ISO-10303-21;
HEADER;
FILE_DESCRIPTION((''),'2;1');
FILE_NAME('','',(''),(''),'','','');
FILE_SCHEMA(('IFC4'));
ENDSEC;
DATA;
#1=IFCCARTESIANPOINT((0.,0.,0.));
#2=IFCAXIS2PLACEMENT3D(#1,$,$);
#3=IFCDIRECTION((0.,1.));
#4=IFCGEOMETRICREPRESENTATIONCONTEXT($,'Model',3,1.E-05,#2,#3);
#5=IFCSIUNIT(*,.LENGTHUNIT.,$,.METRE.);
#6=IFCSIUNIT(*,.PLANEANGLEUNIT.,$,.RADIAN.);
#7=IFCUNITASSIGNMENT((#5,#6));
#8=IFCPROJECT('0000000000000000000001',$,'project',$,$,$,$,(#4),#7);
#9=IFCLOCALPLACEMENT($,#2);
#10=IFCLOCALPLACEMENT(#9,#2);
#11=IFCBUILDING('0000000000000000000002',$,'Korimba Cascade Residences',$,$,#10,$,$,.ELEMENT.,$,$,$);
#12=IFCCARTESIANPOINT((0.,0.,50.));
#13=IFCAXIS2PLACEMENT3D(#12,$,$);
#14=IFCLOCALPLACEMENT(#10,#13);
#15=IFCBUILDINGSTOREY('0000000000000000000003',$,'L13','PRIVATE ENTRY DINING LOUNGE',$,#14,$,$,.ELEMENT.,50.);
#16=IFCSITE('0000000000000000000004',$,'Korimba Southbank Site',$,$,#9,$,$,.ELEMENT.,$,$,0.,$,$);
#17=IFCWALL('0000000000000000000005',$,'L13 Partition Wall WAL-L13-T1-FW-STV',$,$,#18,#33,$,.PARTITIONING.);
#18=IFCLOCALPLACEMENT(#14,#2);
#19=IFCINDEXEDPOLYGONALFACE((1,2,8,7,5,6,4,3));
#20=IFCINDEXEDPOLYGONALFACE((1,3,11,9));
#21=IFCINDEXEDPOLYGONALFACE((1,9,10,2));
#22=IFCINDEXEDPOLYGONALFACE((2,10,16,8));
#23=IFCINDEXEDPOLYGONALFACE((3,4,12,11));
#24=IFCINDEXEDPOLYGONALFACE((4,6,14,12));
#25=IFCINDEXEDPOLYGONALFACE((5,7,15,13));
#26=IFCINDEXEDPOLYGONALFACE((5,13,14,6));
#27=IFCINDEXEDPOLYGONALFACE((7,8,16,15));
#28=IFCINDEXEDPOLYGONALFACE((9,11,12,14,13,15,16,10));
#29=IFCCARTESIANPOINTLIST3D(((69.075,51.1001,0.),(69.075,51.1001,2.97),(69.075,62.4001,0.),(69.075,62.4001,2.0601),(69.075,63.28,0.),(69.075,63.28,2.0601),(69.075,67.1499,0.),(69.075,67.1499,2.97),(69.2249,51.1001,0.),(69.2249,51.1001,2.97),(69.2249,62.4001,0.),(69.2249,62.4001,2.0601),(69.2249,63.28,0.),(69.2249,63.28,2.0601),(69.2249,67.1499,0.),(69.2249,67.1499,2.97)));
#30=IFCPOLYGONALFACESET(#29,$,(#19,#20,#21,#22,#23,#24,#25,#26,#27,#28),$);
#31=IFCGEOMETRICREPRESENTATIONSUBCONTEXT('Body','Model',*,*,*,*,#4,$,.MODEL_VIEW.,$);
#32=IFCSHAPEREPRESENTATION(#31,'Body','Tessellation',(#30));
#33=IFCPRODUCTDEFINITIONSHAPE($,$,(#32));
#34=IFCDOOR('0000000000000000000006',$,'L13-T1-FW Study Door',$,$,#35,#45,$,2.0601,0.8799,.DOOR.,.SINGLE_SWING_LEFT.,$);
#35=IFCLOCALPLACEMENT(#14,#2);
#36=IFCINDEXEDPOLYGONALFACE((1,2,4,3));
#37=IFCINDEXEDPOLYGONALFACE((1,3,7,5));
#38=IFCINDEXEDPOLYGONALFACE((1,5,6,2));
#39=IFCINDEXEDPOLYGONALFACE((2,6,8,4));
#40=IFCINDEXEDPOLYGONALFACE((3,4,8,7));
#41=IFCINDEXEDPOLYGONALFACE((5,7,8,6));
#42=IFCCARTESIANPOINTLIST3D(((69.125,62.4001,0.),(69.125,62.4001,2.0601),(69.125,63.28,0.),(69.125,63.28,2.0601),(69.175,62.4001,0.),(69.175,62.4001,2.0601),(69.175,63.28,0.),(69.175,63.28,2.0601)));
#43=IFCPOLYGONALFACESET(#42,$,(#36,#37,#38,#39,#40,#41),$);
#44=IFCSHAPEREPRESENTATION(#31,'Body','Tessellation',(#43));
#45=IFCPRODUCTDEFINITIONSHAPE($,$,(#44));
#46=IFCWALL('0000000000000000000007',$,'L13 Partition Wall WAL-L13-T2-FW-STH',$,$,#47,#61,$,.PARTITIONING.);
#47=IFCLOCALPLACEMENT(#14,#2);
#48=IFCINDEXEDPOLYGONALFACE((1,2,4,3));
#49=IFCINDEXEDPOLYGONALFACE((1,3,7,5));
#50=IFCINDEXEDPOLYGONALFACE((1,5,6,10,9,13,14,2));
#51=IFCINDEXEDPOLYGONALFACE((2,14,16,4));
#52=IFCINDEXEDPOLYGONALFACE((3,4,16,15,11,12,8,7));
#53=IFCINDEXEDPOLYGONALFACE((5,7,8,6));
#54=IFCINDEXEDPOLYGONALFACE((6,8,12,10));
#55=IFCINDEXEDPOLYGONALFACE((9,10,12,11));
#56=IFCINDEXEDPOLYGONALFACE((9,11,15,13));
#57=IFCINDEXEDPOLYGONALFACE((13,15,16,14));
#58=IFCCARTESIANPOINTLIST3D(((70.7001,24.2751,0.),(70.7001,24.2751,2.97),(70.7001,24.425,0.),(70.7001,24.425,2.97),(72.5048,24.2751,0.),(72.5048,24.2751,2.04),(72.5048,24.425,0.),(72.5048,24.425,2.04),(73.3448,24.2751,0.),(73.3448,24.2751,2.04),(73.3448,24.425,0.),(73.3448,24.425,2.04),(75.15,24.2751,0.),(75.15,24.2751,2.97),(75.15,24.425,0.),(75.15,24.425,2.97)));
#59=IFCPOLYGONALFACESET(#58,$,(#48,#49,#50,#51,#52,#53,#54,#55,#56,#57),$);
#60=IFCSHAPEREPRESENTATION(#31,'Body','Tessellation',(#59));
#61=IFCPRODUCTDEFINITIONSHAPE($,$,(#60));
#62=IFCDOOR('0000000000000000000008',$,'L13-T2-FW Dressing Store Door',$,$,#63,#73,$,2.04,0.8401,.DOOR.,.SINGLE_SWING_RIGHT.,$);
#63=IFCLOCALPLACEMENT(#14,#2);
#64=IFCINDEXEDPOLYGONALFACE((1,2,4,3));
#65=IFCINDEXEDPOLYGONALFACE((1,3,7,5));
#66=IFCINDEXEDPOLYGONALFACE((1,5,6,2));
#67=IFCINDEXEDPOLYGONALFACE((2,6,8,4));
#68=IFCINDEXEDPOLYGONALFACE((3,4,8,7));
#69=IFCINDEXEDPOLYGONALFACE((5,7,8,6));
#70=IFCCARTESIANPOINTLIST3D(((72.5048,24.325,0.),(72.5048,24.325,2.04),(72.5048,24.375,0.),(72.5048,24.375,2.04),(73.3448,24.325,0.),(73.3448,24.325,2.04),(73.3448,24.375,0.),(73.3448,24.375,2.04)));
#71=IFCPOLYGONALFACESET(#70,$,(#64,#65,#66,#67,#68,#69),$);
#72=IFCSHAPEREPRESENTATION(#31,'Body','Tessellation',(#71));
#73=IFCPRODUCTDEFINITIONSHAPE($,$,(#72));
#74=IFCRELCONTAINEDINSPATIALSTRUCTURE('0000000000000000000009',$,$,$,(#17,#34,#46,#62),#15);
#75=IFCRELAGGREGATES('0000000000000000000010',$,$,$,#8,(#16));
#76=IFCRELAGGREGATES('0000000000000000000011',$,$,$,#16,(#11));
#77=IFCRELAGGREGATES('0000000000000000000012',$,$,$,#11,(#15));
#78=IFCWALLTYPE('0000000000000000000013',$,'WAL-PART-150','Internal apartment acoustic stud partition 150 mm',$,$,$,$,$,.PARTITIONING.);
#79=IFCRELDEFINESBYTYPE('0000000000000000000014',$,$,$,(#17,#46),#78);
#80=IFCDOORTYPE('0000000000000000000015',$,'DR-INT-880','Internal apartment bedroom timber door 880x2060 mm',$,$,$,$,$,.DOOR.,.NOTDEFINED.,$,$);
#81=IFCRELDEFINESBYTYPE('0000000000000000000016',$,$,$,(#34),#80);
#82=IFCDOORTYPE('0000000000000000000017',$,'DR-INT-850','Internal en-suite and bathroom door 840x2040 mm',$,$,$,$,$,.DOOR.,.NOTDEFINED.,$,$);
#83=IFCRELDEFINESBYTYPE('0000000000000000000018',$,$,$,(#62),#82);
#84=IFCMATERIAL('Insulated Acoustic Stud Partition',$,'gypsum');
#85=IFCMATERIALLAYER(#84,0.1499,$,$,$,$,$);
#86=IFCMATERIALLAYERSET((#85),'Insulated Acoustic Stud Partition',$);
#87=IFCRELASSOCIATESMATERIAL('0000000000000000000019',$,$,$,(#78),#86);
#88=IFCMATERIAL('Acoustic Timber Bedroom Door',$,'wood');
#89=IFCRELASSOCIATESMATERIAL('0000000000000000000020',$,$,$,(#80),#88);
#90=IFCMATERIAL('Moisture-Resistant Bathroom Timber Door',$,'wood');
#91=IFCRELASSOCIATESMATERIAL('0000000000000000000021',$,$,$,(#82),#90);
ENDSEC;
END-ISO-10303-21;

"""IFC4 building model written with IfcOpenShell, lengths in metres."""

from ifc_helpers import new_model, si_unit, direction, frame, frame_2d, origin, place, context, subcontext, project, spatial, rectangle, extrude, material, layer, layer_set, type_object, element, fill, save


model = new_model("IFC4")

# Units and contexts
model_context = context("Model", 3, precision=1e-05, world=origin(), true_north=direction((0.0, 1.0)))
body_context = subcontext(model_context, "Body", "Model", "MODEL_VIEW")
ifc_project = project(units=[si_unit("LENGTHUNIT", "METRE"), si_unit("PLANEANGLEUNIT", "RADIAN")], contexts=[model_context])

# Site, building, storey
site_placement = place(None, origin())
site = spatial("IfcSite", under=ifc_project, at=site_placement, Name="Korimba Southbank Site", CompositionType="ELEMENT", RefElevation=0.0)
building_placement = place(site_placement, origin())
building = spatial("IfcBuilding", under=site, at=building_placement, Name="Korimba Cascade Residences", CompositionType="ELEMENT")
storey_placement = place(building_placement, frame((0.0, 0.0, 50.0)))
storey = spatial("IfcBuildingStorey", under=building, at=storey_placement, Name="L13", Description="PRIVATE ENTRY DINING LOUNGE", CompositionType="ELEMENT", Elevation=50.0)

# Walls, openings, doors
ifc_material_1 = material(Name="Insulated Acoustic Stud Partition", Category="gypsum")
ifc_layer_1 = layer(ifc_material_1, 0.1499)
ifc_layer_set_1 = layer_set([ifc_layer_1], Name="Insulated Acoustic Stud Partition")
wall_type_1 = type_object("IfcWallType", Name="WAL-PART-150", Description="Internal apartment acoustic stud partition 150 mm", PredefinedType="PARTITIONING", material=ifc_layer_set_1)
wall_1_placement = place(storey_placement, frame((69.1499, 51.1001, 0.0), z_axis=(0.0, 0.0, 1.0), x_axis=(0.0, 1.0, 0.0)))
wall_1 = element("IfcWall", 1, at=wall_1_placement, inside=storey, type_object=wall_type_1, Name="L13 Partition Wall WAL-L13-T1-FW-STV", PredefinedType="PARTITIONING", context=body_context, shape_type="SweptSolid", body=[
    extrude(rectangle(XDim=16.0498, YDim=0.1499, at=frame_2d((8.0249, 0.0))), origin(), (0.0, 0.0, 1.0), 2.97),
])
opening_1_placement = place(wall_1_placement, frame((11.3, 0.0, 0.0)))
opening_1 = element("IfcOpeningElement", 2, at=opening_1_placement, cuts=wall_1, PredefinedType="OPENING", context=body_context, shape_type="SweptSolid", body=[
    extrude(rectangle(XDim=0.8799, YDim=2.0601, at=frame_2d((0.4399, 1.03))), frame((0.0, 0.085, 0.0), z_axis=(0.0, -1.0, 0.0), x_axis=(1.0, 0.0, 0.0)), (0.0, 0.0, 1.0), 0.1699),
])
ifc_material_2 = material(Name="Acoustic Timber Bedroom Door", Category="wood")
door_type_1 = type_object("IfcDoorType", Name="DR-INT-880", Description="Internal apartment bedroom timber door 880x2060 mm", OperationType="NOTDEFINED", PredefinedType="DOOR", material=ifc_material_2)
door_1_placement = place(opening_1_placement, origin())
door_1 = element("IfcDoor", 3, at=door_1_placement, inside=storey, type_object=door_type_1, Name="L13-T1-FW Study Door", OperationType="SINGLE_SWING_LEFT", OverallHeight=2.0601, OverallWidth=0.8799, PredefinedType="DOOR", context=body_context, shape_type="SweptSolid", body=[
    extrude(rectangle(XDim=0.8799, YDim=2.0601, at=frame_2d((0.4399, 1.03))), frame((0.0, 0.0249, 0.0), z_axis=(0.0, -1.0, 0.0), x_axis=(1.0, 0.0, 0.0)), (0.0, 0.0, 1.0), 0.05),
])
fill(opening_1, door_1)
wall_2_placement = place(storey_placement, frame((70.7, 24.3501, 0.0), z_axis=(0.0, 0.0, 1.0), x_axis=(1.0, 0.0, 0.0)))
wall_2 = element("IfcWall", 4, at=wall_2_placement, inside=storey, type_object=wall_type_1, Name="L13 Partition Wall WAL-L13-T2-FW-STH", PredefinedType="PARTITIONING", context=body_context, shape_type="SweptSolid", body=[
    extrude(rectangle(XDim=4.45, YDim=0.1499, at=frame_2d((2.2251, 0.0))), origin(), (0.0, 0.0, 1.0), 2.97),
])
opening_2_placement = place(wall_2_placement, frame((1.8049, 0.0, 0.0)))
opening_2 = element("IfcOpeningElement", 5, at=opening_2_placement, cuts=wall_2, PredefinedType="OPENING", context=body_context, shape_type="SweptSolid", body=[
    extrude(rectangle(XDim=0.8401, YDim=2.04, at=frame_2d((0.4199, 1.02))), frame((0.0, 0.085, 0.0), z_axis=(0.0, -1.0, 0.0), x_axis=(1.0, 0.0, 0.0)), (0.0, 0.0, 1.0), 0.1699),
])
ifc_material_3 = material(Name="Moisture-Resistant Bathroom Timber Door", Category="wood")
door_type_2 = type_object("IfcDoorType", Name="DR-INT-850", Description="Internal en-suite and bathroom door 840x2040 mm", OperationType="NOTDEFINED", PredefinedType="DOOR", material=ifc_material_3)
door_2_placement = place(opening_2_placement, origin())
door_2 = element("IfcDoor", 6, at=door_2_placement, inside=storey, type_object=door_type_2, Name="L13-T2-FW Dressing Store Door", OperationType="SINGLE_SWING_RIGHT", OverallHeight=2.04, OverallWidth=0.8401, PredefinedType="DOOR", context=body_context, shape_type="SweptSolid", body=[
    extrude(rectangle(XDim=0.8401, YDim=2.04, at=frame_2d((0.4199, 1.02))), frame((0.0, 0.0249, 0.0), z_axis=(0.0, -1.0, 0.0), x_axis=(1.0, 0.0, 0.0)), (0.0, 0.0, 1.0), 0.05),
])
fill(opening_2, door_2)

save(model, "model.ifc")
